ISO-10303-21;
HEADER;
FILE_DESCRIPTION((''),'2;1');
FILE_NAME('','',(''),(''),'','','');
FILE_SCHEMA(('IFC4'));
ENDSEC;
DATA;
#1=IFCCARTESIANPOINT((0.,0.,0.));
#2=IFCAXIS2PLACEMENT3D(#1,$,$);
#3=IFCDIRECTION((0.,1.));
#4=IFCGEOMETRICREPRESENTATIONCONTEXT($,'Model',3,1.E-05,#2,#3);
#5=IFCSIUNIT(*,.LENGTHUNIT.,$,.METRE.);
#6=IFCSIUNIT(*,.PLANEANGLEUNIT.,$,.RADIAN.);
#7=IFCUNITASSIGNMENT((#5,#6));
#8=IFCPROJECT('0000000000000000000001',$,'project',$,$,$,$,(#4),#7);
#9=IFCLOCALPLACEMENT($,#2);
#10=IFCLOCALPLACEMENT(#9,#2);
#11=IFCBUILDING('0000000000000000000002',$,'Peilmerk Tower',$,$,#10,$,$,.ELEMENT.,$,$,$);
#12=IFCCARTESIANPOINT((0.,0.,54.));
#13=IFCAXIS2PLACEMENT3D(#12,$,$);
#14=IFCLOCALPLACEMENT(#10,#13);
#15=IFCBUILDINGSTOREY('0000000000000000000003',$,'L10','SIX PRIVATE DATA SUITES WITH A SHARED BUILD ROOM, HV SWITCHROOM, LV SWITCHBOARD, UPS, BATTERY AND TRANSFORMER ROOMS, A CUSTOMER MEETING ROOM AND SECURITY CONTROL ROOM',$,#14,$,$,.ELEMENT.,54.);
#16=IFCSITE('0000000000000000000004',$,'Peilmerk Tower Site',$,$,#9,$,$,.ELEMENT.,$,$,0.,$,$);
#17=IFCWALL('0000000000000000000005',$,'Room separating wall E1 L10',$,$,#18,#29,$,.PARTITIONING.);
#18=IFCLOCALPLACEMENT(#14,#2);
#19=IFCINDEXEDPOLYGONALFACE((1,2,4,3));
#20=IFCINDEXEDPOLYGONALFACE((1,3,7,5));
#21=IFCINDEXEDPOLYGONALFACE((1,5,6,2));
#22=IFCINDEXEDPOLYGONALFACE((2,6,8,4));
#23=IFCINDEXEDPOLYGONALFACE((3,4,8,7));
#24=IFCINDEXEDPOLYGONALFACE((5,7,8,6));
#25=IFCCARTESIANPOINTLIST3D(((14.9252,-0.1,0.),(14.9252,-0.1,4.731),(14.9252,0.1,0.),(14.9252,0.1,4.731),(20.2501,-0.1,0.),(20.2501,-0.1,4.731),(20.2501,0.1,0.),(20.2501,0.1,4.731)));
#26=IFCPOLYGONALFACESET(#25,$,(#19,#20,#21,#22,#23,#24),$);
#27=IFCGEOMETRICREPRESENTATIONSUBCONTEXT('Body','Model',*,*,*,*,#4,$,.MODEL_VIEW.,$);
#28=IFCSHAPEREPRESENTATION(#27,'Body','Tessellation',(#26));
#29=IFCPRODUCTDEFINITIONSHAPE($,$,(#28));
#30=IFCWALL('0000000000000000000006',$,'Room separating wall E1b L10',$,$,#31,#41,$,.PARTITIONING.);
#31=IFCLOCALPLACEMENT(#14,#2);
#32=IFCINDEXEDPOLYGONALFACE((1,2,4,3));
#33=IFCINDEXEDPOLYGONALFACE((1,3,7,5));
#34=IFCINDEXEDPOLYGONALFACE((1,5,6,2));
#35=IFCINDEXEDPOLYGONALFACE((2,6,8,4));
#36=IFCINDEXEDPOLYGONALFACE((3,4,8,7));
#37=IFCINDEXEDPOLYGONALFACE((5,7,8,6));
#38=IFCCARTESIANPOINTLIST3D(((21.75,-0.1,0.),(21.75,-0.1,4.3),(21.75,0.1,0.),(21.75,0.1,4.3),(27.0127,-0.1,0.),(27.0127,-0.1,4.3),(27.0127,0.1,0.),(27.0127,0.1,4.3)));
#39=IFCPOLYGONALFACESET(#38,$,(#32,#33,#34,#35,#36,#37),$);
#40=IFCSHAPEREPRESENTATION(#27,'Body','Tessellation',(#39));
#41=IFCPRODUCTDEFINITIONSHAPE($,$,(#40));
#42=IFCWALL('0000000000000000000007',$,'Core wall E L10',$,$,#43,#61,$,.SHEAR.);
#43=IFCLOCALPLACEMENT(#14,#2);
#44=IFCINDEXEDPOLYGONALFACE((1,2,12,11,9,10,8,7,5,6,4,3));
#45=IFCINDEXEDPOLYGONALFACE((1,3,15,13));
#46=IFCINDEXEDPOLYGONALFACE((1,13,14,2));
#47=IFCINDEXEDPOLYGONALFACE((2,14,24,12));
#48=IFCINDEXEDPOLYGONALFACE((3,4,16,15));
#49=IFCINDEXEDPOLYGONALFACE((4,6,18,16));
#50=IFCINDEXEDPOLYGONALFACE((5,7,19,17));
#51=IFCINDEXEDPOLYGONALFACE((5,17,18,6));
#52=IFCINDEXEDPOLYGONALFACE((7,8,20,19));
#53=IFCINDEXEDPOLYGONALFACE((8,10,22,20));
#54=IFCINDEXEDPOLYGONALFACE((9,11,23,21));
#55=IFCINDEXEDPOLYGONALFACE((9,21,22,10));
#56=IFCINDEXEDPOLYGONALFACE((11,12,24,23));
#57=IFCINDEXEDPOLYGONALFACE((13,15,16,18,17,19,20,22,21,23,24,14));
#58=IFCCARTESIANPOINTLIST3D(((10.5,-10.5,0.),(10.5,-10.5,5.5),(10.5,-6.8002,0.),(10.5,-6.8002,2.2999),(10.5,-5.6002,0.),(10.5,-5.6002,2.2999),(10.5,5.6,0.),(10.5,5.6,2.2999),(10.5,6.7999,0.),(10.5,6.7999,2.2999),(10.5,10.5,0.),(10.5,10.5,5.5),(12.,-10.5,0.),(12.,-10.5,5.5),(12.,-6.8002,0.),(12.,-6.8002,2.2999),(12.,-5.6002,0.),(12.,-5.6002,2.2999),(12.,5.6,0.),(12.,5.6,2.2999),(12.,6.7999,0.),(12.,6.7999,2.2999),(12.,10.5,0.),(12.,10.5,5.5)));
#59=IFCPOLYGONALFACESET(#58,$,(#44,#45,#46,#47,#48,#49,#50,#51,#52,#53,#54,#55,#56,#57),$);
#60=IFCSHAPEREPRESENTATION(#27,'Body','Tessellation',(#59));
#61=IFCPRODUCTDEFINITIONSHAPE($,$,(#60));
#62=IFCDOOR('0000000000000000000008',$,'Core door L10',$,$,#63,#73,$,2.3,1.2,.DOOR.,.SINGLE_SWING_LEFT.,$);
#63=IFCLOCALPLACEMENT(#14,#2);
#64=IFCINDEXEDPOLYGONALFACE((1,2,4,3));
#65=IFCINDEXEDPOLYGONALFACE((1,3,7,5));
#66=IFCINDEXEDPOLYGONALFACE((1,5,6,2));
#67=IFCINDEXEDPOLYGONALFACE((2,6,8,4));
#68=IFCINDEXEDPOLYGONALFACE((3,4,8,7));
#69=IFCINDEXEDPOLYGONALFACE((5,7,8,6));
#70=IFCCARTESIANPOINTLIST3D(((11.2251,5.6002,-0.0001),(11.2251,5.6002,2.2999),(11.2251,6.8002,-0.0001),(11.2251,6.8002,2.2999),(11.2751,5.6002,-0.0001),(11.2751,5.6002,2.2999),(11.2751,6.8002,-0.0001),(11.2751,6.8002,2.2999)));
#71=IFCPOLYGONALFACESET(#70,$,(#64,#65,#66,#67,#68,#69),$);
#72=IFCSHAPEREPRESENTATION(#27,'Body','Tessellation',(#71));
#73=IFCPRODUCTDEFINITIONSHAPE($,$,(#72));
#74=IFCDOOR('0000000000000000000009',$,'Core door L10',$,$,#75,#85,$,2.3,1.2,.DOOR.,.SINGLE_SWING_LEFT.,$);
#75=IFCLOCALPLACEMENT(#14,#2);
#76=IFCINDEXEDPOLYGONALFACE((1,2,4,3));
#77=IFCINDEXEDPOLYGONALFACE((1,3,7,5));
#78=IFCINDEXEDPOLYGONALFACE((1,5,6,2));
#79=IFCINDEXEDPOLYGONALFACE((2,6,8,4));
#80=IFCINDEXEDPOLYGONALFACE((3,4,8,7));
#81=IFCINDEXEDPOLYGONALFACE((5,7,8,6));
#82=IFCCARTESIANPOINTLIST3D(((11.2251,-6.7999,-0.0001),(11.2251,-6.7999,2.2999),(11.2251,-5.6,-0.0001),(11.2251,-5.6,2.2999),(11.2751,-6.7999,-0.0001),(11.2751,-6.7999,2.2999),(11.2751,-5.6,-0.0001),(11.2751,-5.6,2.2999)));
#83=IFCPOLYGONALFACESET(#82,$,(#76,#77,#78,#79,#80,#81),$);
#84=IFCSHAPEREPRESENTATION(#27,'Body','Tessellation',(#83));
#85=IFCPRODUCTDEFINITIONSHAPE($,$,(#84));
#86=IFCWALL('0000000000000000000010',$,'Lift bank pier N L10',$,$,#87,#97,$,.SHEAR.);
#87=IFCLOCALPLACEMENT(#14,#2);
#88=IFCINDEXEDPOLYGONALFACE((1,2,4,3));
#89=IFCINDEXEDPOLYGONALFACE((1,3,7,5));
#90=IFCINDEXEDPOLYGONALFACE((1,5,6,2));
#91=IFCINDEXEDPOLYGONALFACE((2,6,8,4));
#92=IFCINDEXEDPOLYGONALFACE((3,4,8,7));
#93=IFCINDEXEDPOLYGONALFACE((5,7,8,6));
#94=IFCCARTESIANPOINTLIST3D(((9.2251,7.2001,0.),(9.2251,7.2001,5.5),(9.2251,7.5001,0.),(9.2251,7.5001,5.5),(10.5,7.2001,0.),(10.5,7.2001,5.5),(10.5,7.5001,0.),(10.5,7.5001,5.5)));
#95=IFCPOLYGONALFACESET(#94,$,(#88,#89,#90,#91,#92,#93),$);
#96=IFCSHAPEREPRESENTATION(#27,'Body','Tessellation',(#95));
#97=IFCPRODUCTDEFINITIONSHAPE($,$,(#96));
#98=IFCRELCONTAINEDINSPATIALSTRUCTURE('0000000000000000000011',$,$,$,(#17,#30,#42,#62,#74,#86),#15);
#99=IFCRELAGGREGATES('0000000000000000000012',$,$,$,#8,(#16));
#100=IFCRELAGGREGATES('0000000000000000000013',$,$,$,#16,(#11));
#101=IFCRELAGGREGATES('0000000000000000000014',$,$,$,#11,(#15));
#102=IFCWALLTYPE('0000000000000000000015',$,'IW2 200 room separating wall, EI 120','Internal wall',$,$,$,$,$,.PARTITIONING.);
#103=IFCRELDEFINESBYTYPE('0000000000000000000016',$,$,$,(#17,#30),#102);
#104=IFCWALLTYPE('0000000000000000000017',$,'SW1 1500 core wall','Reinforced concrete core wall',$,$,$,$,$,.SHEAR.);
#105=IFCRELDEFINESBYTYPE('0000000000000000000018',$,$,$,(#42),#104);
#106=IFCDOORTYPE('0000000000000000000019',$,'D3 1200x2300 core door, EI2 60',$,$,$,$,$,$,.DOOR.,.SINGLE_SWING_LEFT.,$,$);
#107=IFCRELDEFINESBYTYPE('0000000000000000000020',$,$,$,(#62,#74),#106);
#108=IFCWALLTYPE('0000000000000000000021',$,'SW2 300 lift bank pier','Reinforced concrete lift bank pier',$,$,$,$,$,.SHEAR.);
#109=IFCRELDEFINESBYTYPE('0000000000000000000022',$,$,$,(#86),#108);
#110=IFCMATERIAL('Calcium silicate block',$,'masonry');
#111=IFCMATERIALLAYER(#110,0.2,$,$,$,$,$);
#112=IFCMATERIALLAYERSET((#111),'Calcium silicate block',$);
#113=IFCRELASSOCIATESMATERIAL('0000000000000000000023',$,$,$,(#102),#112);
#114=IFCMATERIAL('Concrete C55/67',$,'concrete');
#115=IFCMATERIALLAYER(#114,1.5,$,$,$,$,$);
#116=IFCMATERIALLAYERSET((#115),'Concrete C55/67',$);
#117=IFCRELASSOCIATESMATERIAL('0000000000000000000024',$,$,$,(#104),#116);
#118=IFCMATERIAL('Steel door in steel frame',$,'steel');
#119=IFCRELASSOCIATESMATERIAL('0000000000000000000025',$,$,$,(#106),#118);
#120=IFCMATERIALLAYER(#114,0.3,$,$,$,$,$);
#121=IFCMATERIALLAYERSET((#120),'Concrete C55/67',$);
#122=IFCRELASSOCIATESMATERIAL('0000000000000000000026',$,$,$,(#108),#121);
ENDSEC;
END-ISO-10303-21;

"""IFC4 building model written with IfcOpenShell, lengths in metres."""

from ifc_helpers import new_model, si_unit, direction, frame, frame_2d, origin, place, context, subcontext, project, spatial, rectangle, extrude, material, layer, layer_set, type_object, element, fill, save


model = new_model("IFC4")

# Units and contexts
model_context = context("Model", 3, precision=1e-05, world=origin(), true_north=direction((0.0, 1.0)))
body_context = subcontext(model_context, "Body", "Model", "MODEL_VIEW")
ifc_project = project(units=[si_unit("LENGTHUNIT", "METRE"), si_unit("PLANEANGLEUNIT", "RADIAN")], contexts=[model_context])

# Site, building, storey
site_placement = place(None, origin())
site = spatial("IfcSite", under=ifc_project, at=site_placement, Name="Peilmerk Tower Site", CompositionType="ELEMENT", RefElevation=0.0)
building_placement = place(site_placement, origin())
building = spatial("IfcBuilding", under=site, at=building_placement, Name="Peilmerk Tower", CompositionType="ELEMENT")
storey_placement = place(building_placement, frame((0.0, 0.0, 54.0)))
storey = spatial("IfcBuildingStorey", under=building, at=storey_placement, Name="L10", Description="SIX PRIVATE DATA SUITES WITH A SHARED BUILD ROOM, HV SWITCHROOM, LV SWITCHBOARD, UPS, BATTERY AND TRANSFORMER ROOMS, A CUSTOMER MEETING ROOM AND SECURITY CONTROL ROOM", CompositionType="ELEMENT", Elevation=54.0)

# Walls
ifc_material_1 = material(Name="Calcium silicate block", Category="masonry")
ifc_layer_1 = layer(ifc_material_1, 0.2)
ifc_layer_set_1 = layer_set([ifc_layer_1], Name="Calcium silicate block")
wall_type_1 = type_object("IfcWallType", Name="IW2 200 room separating wall, EI 120", Description="Internal wall", PredefinedType="PARTITIONING", material=ifc_layer_set_1)
wall_1_placement = place(storey_placement, frame((14.925, 0.0, 0.0), z_axis=(0.0, 0.0, 1.0), x_axis=(1.0, 0.0, 0.0)))
element("IfcWall", 1, at=wall_1_placement, inside=storey, type_object=wall_type_1, Name="Room separating wall E1 L10", PredefinedType="PARTITIONING", context=body_context, shape_type="SweptSolid", body=[
    extrude(rectangle(XDim=5.325, YDim=0.2, at=frame_2d((2.6626, 0.0))), origin(), (0.0, 0.0, 1.0), 4.731),
])
wall_2_placement = place(storey_placement, frame((21.75, 0.0, 0.0), z_axis=(0.0, 0.0, 1.0), x_axis=(1.0, 0.0, 0.0)))
element("IfcWall", 2, at=wall_2_placement, inside=storey, type_object=wall_type_1, Name="Room separating wall E1b L10", PredefinedType="PARTITIONING", context=body_context, shape_type="SweptSolid", body=[
    extrude(rectangle(XDim=5.2627, YDim=0.2, at=frame_2d((2.6313, 0.0))), origin(), (0.0, 0.0, 1.0), 4.3),
])

# Wall, openings, doors
ifc_material_2 = material(Name="Concrete C55/67", Category="concrete")
ifc_layer_2 = layer(ifc_material_2, 1.5)
ifc_layer_set_2 = layer_set([ifc_layer_2], Name="Concrete C55/67")
wall_type_2 = type_object("IfcWallType", Name="SW1 1500 core wall", Description="Reinforced concrete core wall", PredefinedType="SHEAR", material=ifc_layer_set_2)
wall_3_placement = place(storey_placement, frame((11.25, 10.5, 0.0), z_axis=(0.0, 0.0, 1.0), x_axis=(0.0, -1.0, 0.0)))
wall_3 = element("IfcWall", 3, at=wall_3_placement, inside=storey, type_object=wall_type_2, Name="Core wall E L10", PredefinedType="SHEAR", context=body_context, shape_type="SweptSolid", body=[
    extrude(rectangle(XDim=21.0, YDim=1.5, at=frame_2d((10.5, 0.0))), origin(), (0.0, 0.0, 1.0), 5.5),
])
opening_1_placement = place(wall_3_placement, frame((3.7, 0.0, 0.0)))
opening_1 = element("IfcOpeningElement", 4, at=opening_1_placement, cuts=wall_3, PredefinedType="OPENING", context=body_context, shape_type="SweptSolid", body=[
    extrude(rectangle(XDim=1.2, YDim=2.3, at=frame_2d((0.6001, 1.1499))), frame((0.0, 0.76, 0.0), z_axis=(0.0, -1.0, 0.0), x_axis=(1.0, 0.0, 0.0)), (0.0, 0.0, 1.0), 1.52),
])
opening_2_placement = place(wall_3_placement, frame((16.1001, 0.0, 0.0)))
opening_2 = element("IfcOpeningElement", 5, at=opening_2_placement, cuts=wall_3, PredefinedType="OPENING", context=body_context, shape_type="SweptSolid", body=[
    extrude(rectangle(XDim=1.2, YDim=2.3, at=frame_2d((0.6001, 1.1499))), frame((0.0, 0.76, 0.0), z_axis=(0.0, -1.0, 0.0), x_axis=(1.0, 0.0, 0.0)), (0.0, 0.0, 1.0), 1.52),
])
ifc_material_3 = material(Name="Steel door in steel frame", Category="steel")
door_type = type_object("IfcDoorType", Name="D3 1200x2300 core door, EI2 60", OperationType="SINGLE_SWING_LEFT", PredefinedType="DOOR", material=ifc_material_3)
door_1_placement = place(opening_1_placement, frame((1.2, 0.0, 0.0), z_axis=(0.0, 0.0, 1.0), x_axis=(-1.0, 0.0, 0.0)))
door_1 = element("IfcDoor", 6, at=door_1_placement, inside=storey, type_object=door_type, Name="Core door L10", OperationType="SINGLE_SWING_LEFT", OverallHeight=2.3, OverallWidth=1.2, PredefinedType="DOOR", context=body_context, shape_type="SweptSolid", body=[
    extrude(rectangle(XDim=1.2, YDim=2.3, at=frame_2d((0.6001, 1.1499))), frame((0.0, 0.0249, 0.0), z_axis=(0.0, -1.0, 0.0), x_axis=(1.0, 0.0, 0.0)), (0.0, 0.0, 1.0), 0.05),
])
fill(opening_1, door_1)
door_2_placement = place(opening_2_placement, frame((1.2, 0.0, 0.0), z_axis=(0.0, 0.0, 1.0), x_axis=(-1.0, 0.0, 0.0)))
door_2 = element("IfcDoor", 7, at=door_2_placement, inside=storey, type_object=door_type, Name="Core door L10", OperationType="SINGLE_SWING_LEFT", OverallHeight=2.3, OverallWidth=1.2, PredefinedType="DOOR", context=body_context, shape_type="SweptSolid", body=[
    extrude(rectangle(XDim=1.2, YDim=2.3, at=frame_2d((0.6001, 1.1499))), frame((0.0, 0.0249, 0.0), z_axis=(0.0, -1.0, 0.0), x_axis=(1.0, 0.0, 0.0)), (0.0, 0.0, 1.0), 0.05),
])
fill(opening_2, door_2)

# Wall
ifc_layer_3 = layer(ifc_material_2, 0.3)
ifc_layer_set_3 = layer_set([ifc_layer_3], Name="Concrete C55/67")
wall_type_3 = type_object("IfcWallType", Name="SW2 300 lift bank pier", Description="Reinforced concrete lift bank pier", PredefinedType="SHEAR", material=ifc_layer_set_3)
wall_4_placement = place(storey_placement, frame((9.2251, 7.3501, 0.0), z_axis=(0.0, 0.0, 1.0), x_axis=(1.0, 0.0, 0.0)))
element("IfcWall", 8, at=wall_4_placement, inside=storey, type_object=wall_type_3, Name="Lift bank pier N L10", PredefinedType="SHEAR", context=body_context, shape_type="SweptSolid", body=[
    extrude(rectangle(XDim=1.2749, YDim=0.3, at=frame_2d((0.6375, 0.0))), origin(), (0.0, 0.0, 1.0), 5.5),
])

save(model, "model.ifc")
